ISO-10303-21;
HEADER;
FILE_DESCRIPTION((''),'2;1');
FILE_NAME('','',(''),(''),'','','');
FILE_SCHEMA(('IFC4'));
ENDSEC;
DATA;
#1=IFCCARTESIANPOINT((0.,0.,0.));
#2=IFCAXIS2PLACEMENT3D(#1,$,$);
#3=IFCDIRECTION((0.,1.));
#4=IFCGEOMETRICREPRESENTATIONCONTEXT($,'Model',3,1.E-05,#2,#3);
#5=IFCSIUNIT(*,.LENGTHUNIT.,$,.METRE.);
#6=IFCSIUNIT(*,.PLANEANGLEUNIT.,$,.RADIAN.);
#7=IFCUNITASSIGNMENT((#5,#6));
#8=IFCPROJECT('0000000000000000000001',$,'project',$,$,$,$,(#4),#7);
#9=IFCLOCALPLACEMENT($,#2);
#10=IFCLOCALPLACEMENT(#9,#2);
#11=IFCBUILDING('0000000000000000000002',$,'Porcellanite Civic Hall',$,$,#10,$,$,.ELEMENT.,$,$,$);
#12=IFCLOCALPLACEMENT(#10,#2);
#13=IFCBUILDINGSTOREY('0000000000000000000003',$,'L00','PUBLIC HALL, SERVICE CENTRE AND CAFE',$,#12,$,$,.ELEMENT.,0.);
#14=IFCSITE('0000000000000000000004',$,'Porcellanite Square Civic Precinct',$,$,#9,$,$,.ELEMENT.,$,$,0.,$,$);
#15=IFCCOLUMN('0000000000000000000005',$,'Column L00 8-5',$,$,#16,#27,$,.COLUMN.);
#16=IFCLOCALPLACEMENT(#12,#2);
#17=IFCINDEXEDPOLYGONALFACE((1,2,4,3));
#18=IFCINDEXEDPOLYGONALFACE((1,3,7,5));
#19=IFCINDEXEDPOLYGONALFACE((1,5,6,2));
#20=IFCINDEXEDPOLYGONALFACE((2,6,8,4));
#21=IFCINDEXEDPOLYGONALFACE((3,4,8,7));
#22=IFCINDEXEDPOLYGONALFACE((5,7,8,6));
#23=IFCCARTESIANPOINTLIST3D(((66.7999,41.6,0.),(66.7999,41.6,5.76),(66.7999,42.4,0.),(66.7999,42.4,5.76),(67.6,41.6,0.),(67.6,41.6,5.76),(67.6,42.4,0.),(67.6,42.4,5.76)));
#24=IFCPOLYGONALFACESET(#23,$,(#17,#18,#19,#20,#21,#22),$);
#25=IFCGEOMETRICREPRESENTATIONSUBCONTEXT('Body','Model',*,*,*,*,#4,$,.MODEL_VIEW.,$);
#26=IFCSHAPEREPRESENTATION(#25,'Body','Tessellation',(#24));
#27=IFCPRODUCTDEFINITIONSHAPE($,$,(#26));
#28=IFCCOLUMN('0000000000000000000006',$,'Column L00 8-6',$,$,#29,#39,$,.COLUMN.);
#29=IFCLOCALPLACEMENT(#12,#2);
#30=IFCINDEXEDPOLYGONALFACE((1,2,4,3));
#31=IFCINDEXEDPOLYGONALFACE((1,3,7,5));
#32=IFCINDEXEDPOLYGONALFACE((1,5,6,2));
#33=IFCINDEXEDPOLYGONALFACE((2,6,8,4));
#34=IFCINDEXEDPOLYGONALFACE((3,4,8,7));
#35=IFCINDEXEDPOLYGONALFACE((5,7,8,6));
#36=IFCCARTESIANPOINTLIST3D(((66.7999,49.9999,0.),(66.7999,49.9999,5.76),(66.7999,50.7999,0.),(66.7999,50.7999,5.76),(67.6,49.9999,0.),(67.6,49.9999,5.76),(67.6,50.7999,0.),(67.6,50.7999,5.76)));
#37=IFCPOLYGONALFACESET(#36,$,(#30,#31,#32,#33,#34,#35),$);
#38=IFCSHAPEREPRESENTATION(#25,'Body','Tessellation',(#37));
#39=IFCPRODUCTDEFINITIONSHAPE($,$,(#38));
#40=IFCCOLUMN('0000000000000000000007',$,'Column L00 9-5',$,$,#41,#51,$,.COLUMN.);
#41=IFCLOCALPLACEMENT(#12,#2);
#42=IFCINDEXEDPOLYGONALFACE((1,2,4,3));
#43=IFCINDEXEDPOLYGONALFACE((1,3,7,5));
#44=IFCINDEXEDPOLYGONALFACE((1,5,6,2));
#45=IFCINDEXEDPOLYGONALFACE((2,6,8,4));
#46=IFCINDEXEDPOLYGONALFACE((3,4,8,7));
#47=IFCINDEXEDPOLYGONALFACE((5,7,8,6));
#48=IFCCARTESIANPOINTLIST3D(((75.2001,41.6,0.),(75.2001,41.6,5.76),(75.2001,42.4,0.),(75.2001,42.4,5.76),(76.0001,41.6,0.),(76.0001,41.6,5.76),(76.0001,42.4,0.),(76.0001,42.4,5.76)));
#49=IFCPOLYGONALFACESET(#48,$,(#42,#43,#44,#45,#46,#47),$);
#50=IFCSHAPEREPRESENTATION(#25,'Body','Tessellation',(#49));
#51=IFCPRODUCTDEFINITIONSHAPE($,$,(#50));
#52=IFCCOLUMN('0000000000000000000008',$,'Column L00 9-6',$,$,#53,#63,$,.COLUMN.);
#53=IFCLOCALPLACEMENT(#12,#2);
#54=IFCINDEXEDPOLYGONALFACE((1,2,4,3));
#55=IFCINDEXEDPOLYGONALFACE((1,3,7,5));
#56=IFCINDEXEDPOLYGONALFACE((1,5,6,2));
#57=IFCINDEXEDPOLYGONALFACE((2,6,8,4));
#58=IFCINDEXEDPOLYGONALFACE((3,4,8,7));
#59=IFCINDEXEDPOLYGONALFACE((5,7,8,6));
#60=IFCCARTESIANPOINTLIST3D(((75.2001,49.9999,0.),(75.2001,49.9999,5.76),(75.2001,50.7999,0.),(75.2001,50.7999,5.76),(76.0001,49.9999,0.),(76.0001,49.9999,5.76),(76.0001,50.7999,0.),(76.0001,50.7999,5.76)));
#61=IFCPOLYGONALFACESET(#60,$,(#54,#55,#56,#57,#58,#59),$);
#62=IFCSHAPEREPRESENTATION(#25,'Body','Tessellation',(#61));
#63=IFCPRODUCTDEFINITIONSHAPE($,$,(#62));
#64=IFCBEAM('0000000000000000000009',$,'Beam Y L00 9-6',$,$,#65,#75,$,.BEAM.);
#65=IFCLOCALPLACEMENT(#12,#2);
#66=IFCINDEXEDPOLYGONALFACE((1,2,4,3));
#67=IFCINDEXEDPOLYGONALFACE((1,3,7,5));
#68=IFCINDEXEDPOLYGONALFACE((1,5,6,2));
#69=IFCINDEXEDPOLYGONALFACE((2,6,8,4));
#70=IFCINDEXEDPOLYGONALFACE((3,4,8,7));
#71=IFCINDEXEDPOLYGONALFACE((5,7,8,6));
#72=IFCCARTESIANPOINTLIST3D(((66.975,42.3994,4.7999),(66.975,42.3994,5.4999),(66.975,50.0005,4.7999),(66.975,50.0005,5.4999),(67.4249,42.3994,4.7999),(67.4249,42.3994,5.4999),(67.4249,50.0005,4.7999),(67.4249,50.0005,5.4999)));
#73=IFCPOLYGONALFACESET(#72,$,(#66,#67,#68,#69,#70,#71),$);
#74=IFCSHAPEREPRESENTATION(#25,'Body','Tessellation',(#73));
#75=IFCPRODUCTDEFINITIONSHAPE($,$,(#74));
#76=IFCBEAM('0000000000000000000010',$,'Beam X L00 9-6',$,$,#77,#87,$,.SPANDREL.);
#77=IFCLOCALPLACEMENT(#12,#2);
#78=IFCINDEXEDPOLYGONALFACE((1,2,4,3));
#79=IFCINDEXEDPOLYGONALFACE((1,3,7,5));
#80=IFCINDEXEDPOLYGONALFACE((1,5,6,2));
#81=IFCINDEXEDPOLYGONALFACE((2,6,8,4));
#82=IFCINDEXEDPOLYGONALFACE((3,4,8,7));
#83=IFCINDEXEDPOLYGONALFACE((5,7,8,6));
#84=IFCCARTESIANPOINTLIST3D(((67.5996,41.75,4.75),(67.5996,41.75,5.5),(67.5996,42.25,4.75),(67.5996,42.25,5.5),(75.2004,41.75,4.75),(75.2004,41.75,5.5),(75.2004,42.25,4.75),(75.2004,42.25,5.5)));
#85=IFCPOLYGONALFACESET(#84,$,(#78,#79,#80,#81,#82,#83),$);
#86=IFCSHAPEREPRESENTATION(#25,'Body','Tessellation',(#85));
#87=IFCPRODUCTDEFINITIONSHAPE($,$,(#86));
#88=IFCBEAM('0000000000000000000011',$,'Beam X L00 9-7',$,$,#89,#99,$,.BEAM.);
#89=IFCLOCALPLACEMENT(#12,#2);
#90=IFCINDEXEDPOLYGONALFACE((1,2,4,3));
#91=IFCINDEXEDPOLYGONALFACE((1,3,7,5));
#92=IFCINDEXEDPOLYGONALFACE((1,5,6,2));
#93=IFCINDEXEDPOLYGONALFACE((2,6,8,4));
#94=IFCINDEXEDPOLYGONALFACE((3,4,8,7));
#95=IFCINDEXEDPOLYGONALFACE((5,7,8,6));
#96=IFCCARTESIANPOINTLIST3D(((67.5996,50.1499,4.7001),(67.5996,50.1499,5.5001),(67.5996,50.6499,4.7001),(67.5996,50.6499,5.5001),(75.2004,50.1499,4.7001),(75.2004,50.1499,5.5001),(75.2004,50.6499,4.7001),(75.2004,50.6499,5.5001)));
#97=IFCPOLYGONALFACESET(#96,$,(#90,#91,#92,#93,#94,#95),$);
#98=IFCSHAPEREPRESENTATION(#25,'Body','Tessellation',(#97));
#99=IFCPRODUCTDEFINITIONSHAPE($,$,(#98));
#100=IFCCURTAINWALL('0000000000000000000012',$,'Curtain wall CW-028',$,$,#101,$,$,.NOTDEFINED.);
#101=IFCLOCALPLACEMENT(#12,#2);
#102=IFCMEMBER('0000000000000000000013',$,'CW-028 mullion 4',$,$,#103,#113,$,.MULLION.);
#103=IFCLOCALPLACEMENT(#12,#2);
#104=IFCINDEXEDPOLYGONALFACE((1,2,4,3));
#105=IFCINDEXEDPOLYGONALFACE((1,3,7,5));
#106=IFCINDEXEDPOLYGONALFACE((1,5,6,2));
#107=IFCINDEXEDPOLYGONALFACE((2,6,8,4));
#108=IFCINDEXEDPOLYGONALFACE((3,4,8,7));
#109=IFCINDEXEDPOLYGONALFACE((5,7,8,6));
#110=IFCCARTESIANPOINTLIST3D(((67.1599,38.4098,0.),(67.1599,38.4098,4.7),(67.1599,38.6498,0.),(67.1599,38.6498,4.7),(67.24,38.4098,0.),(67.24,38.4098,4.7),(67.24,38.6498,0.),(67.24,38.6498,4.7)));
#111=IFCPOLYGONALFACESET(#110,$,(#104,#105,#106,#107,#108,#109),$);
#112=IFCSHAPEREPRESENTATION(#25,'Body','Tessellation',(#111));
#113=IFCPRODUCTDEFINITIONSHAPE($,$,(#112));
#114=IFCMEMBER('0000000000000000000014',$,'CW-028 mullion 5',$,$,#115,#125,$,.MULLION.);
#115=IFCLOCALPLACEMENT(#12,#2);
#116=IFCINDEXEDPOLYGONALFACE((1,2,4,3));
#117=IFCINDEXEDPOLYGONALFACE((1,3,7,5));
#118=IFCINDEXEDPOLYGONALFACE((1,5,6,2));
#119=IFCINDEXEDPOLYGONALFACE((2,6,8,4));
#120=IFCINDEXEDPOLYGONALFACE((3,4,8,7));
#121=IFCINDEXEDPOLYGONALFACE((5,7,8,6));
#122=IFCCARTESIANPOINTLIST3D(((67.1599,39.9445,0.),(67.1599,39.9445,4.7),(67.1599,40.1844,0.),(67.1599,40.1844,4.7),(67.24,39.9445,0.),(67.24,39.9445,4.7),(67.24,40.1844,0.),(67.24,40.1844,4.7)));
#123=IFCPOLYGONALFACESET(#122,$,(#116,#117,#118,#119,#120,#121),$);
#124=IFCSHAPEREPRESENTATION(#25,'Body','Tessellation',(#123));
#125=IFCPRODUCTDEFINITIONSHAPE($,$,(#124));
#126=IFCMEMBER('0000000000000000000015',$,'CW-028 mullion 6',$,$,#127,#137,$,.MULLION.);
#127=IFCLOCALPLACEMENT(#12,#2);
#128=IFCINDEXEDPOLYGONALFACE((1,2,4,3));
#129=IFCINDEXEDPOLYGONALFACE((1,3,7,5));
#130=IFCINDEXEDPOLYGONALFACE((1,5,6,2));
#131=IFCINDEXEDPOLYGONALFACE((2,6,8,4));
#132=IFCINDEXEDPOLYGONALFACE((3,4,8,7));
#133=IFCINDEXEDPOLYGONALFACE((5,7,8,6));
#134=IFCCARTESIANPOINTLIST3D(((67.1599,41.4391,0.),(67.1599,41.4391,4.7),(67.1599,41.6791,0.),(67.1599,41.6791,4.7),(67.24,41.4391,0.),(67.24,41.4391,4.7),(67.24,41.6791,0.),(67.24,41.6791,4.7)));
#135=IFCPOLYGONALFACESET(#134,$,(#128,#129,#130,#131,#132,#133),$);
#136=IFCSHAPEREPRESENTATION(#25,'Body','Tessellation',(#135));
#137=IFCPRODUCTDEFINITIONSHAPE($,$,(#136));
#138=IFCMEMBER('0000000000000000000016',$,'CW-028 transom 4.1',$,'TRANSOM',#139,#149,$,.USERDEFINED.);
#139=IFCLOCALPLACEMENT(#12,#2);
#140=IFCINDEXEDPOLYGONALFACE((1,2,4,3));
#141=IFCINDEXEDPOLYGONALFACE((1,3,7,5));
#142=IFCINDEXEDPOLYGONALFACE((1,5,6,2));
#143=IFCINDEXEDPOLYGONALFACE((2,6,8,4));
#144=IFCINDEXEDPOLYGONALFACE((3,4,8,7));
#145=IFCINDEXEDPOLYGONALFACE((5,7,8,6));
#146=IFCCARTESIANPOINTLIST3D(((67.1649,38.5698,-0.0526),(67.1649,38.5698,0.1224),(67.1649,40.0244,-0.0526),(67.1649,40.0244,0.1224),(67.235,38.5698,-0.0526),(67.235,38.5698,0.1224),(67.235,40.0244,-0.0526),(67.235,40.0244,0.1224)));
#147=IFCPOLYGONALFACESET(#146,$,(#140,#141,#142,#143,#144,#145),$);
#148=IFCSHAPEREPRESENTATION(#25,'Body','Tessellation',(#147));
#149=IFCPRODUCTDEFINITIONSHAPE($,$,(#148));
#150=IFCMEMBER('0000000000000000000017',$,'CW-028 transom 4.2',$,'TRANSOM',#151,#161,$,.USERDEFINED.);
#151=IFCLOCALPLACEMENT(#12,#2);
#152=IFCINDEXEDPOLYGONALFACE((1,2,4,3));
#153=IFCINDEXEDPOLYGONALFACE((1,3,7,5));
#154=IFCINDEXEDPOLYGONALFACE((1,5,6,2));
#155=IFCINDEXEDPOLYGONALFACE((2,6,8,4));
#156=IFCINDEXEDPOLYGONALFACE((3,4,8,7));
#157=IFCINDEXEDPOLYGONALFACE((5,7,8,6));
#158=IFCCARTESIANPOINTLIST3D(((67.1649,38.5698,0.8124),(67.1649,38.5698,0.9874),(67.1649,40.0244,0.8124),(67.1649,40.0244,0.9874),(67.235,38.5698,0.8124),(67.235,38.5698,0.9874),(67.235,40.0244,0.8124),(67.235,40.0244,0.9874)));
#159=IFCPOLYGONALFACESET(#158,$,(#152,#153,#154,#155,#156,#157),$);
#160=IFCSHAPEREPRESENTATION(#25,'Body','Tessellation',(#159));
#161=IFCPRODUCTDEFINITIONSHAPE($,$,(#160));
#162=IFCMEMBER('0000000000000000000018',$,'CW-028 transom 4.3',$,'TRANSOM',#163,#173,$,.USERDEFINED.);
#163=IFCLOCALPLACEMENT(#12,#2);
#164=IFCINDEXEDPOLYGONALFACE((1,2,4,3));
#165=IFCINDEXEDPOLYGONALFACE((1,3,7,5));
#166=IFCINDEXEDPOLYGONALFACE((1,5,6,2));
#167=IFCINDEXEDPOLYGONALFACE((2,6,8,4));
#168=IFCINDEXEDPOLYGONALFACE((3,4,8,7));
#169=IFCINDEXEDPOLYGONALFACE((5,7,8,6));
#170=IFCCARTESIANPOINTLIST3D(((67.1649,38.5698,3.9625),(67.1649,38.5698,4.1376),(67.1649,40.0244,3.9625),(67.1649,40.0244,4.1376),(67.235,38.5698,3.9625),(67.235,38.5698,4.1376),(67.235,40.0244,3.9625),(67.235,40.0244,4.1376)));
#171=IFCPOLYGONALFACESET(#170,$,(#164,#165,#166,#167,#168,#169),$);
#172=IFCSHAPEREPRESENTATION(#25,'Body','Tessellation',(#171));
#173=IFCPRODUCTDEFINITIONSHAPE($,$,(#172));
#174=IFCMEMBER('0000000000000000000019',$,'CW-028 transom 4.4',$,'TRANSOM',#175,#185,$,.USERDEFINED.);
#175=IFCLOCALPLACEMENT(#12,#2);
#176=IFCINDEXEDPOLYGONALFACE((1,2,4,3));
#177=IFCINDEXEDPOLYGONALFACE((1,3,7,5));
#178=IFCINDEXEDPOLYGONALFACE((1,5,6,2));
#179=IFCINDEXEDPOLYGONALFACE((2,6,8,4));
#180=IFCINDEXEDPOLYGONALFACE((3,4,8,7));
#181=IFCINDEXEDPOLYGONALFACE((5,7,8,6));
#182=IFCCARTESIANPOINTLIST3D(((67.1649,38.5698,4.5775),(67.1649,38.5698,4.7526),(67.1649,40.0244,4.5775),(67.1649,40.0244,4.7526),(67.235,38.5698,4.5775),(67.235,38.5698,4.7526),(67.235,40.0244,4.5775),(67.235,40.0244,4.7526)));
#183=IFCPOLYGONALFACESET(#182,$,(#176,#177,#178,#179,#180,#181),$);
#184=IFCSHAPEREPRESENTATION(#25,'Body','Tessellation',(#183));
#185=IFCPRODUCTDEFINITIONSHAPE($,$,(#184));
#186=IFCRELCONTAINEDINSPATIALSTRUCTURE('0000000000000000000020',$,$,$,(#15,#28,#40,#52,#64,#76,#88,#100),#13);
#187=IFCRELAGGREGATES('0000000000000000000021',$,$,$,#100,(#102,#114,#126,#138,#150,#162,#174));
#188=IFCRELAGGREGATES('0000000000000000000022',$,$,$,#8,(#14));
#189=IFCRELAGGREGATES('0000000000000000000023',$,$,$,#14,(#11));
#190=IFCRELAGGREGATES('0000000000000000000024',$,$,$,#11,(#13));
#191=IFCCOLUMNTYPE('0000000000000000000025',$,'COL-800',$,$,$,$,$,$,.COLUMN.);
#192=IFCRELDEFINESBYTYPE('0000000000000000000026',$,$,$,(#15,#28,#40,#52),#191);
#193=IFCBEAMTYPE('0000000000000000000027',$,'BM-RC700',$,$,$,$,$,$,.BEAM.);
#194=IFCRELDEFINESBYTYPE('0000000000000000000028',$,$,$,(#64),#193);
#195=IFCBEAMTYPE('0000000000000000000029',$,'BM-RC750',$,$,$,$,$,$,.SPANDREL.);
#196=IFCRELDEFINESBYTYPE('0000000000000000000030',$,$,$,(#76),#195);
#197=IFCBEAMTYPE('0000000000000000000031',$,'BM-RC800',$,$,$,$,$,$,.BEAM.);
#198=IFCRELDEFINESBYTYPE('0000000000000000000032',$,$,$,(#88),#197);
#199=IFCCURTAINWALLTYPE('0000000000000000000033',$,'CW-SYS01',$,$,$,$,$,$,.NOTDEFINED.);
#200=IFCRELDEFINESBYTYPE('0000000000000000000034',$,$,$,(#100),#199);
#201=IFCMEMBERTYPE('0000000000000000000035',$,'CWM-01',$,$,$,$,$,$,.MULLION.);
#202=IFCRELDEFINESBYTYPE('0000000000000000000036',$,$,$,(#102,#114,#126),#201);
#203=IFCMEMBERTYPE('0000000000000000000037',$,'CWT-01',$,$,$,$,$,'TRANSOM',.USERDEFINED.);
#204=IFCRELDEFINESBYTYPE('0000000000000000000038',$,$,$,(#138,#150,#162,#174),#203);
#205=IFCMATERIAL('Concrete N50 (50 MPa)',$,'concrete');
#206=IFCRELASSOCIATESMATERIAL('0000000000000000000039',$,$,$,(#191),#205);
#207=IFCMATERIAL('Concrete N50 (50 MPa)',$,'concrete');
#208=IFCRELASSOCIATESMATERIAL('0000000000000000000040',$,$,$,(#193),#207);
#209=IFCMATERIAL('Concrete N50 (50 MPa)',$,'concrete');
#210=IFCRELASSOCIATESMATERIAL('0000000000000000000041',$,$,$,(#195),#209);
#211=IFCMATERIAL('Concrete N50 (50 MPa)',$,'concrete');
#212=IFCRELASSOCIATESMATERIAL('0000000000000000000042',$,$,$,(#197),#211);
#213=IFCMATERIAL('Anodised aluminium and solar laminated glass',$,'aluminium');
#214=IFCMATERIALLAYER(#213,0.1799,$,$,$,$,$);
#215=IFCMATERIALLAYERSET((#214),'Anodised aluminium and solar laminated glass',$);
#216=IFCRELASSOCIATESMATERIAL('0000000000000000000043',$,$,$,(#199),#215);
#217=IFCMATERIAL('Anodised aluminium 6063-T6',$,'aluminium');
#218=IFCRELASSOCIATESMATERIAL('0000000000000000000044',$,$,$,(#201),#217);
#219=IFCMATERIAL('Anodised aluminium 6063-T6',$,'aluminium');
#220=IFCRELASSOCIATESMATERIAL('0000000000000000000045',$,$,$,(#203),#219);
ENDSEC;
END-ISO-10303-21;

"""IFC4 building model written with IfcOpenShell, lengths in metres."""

from ifc_helpers import new_model, si_unit, direction, frame, origin, origin_2d, place, context, subcontext, project, spatial, rectangle, extrude, material, layer, layer_set, material_profile, profile_set, type_object, element, aggregate, save


model = new_model("IFC4")

# Units and contexts
model_context = context("Model", 3, precision=1e-05, world=origin(), true_north=direction((0.0, 1.0)))
body_context = subcontext(model_context, "Body", "Model", "MODEL_VIEW")
ifc_project = project(units=[si_unit("LENGTHUNIT", "METRE"), si_unit("PLANEANGLEUNIT", "RADIAN")], contexts=[model_context])

# Site, building, storey
site_placement = place(None, origin())
site = spatial("IfcSite", under=ifc_project, at=site_placement, Name="Porcellanite Square Civic Precinct", CompositionType="ELEMENT", RefElevation=0.0)
building_placement = place(site_placement, origin())
building = spatial("IfcBuilding", under=site, at=building_placement, Name="Porcellanite Civic Hall", CompositionType="ELEMENT")
storey_placement = place(building_placement, origin())
storey = spatial("IfcBuildingStorey", under=building, at=storey_placement, Name="L00", Description="PUBLIC HALL, SERVICE CENTRE AND CAFE", CompositionType="ELEMENT", Elevation=0.0)

# Columns
ifc_material_1 = material(Name="Concrete N50 (50 MPa)", Category="concrete")
ifc_material_profile_1 = material_profile(ifc_material_1, rectangle(XDim=0.8, YDim=0.8, at=origin_2d()), Name="RC-800x800")
ifc_profile_set_1 = profile_set([ifc_material_profile_1], Name="Concrete N50 (50 MPa)")
column_type = type_object("IfcColumnType", Name="COL-800", PredefinedType="COLUMN", material=ifc_profile_set_1)
for number, where, z_axis, x_axis, name in (
    (1, (67.2, 42.0, 0.0), (0.0, 0.0, 1.0), (1.0, 0.0, 0.0), "Column L00 8-5"),
    (2, (67.2, 50.3999, 0.0), (0.0, 0.0, 1.0), (1.0, 0.0, 0.0), "Column L00 8-6"),
    (3, (75.6001, 42.0, 0.0), (0.0, 0.0, 1.0), (1.0, 0.0, 0.0), "Column L00 9-5"),
    (4, (75.6001, 50.3999, 0.0), (0.0, 0.0, 1.0), (1.0, 0.0, 0.0), "Column L00 9-6"),
):
    element("IfcColumn", number, at=place(storey_placement, frame(where, z_axis=z_axis, x_axis=x_axis)), inside=storey, type_object=column_type, Name=name, PredefinedType="COLUMN", context=body_context, shape_type="SweptSolid", body=[
        extrude(rectangle(XDim=0.8, YDim=0.8, at=origin_2d()), origin(), (0.0, 0.0, 1.0), 5.76),
    ])

# Beams
ifc_material_2 = material(Name="Concrete N50 (50 MPa)", Category="concrete")
ifc_material_profile_2 = material_profile(ifc_material_2, rectangle(XDim=0.45, YDim=0.7, at=origin_2d()), Name="RC-450x700")
ifc_profile_set_2 = profile_set([ifc_material_profile_2], Name="Concrete N50 (50 MPa)")
beam_type_1 = type_object("IfcBeamType", Name="BM-RC700", PredefinedType="BEAM", material=ifc_profile_set_2)
beam_1_placement = place(storey_placement, frame((67.2, 42.3994, 5.1499), z_axis=(0.0, 1.0, 0.0), x_axis=(-1.0, 0.0, 0.0)))
element("IfcBeam", 5, at=beam_1_placement, inside=storey, type_object=beam_type_1, Name="Beam Y L00 9-6", PredefinedType="BEAM", context=body_context, shape_type="SweptSolid", body=[
    extrude(rectangle(XDim=0.45, YDim=0.7, at=origin_2d()), origin(), (0.0, 0.0, 1.0), 7.6011),
])
ifc_material_3 = material(Name="Concrete N50 (50 MPa)", Category="concrete")
ifc_material_profile_3 = material_profile(ifc_material_3, rectangle(XDim=0.5, YDim=0.75, at=origin_2d()), Name="RC-500x750")
ifc_profile_set_3 = profile_set([ifc_material_profile_3], Name="Concrete N50 (50 MPa)")
beam_type_2 = type_object("IfcBeamType", Name="BM-RC750", PredefinedType="SPANDREL", material=ifc_profile_set_3)
beam_2_placement = place(storey_placement, frame((67.5996, 42.0, 5.125), z_axis=(1.0, 0.0, 0.0), x_axis=(0.0, 1.0, 0.0)))
element("IfcBeam", 6, at=beam_2_placement, inside=storey, type_object=beam_type_2, Name="Beam X L00 9-6", PredefinedType="SPANDREL", context=body_context, shape_type="SweptSolid", body=[
    extrude(rectangle(XDim=0.5, YDim=0.75, at=origin_2d()), origin(), (0.0, 0.0, 1.0), 7.6008),
])
ifc_material_4 = material(Name="Concrete N50 (50 MPa)", Category="concrete")
ifc_material_profile_4 = material_profile(ifc_material_4, rectangle(XDim=0.5, YDim=0.8, at=origin_2d()), Name="RC-500x800")
ifc_profile_set_4 = profile_set([ifc_material_profile_4], Name="Concrete N50 (50 MPa)")
beam_type_3 = type_object("IfcBeamType", Name="BM-RC800", PredefinedType="BEAM", material=ifc_profile_set_4)
beam_3_placement = place(storey_placement, frame((67.5996, 50.3999, 5.1001), z_axis=(1.0, 0.0, 0.0), x_axis=(0.0, 1.0, 0.0)))
element("IfcBeam", 7, at=beam_3_placement, inside=storey, type_object=beam_type_3, Name="Beam X L00 9-7", PredefinedType="BEAM", context=body_context, shape_type="SweptSolid", body=[
    extrude(rectangle(XDim=0.5, YDim=0.8, at=origin_2d()), origin(), (0.0, 0.0, 1.0), 7.6008),
])

# Curtain wall, members
ifc_material_5 = material(Name="Anodised aluminium and solar laminated glass", Category="aluminium")
ifc_layer_1 = layer(ifc_material_5, 0.1799)
ifc_layer_set_1 = layer_set([ifc_layer_1], Name="Anodised aluminium and solar laminated glass")
curtain_wall_type = type_object("IfcCurtainWallType", Name="CW-SYS01", PredefinedType="NOTDEFINED", material=ifc_layer_set_1)
curtain_wall_placement = place(storey_placement, origin())
curtain_wall = element("IfcCurtainWall", 8, at=curtain_wall_placement, inside=storey, type_object=curtain_wall_type, Name="Curtain wall CW-028", PredefinedType="NOTDEFINED")
ifc_material_6 = material(Name="Anodised aluminium 6063-T6", Category="aluminium")
ifc_material_profile_5 = material_profile(ifc_material_6, rectangle(XDim=0.0801, YDim=0.24, at=origin_2d()), Name="AL-80x240")
ifc_profile_set_5 = profile_set([ifc_material_profile_5], Name="Anodised aluminium 6063-T6")
member_type_1 = type_object("IfcMemberType", Name="CWM-01", PredefinedType="MULLION", material=ifc_profile_set_5)
member_1_placement = place(storey_placement, frame((67.2, 38.5298, 0.0), z_axis=(0.0, 0.0, 1.0), x_axis=(-1.0, 0.0, 0.0)))
member_1 = element("IfcMember", 9, at=member_1_placement, type_object=member_type_1, Name="CW-028 mullion 4", PredefinedType="MULLION", context=body_context, shape_type="SweptSolid", body=[
    extrude(rectangle(XDim=0.0801, YDim=0.24, at=origin_2d()), origin(), (0.0, 0.0, 1.0), 4.7),
])
member_2_placement = place(storey_placement, frame((67.2, 40.0645, 0.0), z_axis=(0.0, 0.0, 1.0), x_axis=(-1.0, 0.0, 0.0)))
member_2 = element("IfcMember", 10, at=member_2_placement, type_object=member_type_1, Name="CW-028 mullion 5", PredefinedType="MULLION", context=body_context, shape_type="SweptSolid", body=[
    extrude(rectangle(XDim=0.0801, YDim=0.24, at=origin_2d()), origin(), (0.0, 0.0, 1.0), 4.7),
])
member_3_placement = place(storey_placement, frame((67.2, 41.5591, 0.0), z_axis=(0.0, 0.0, 1.0), x_axis=(-1.0, 0.0, 0.0)))
member_3 = element("IfcMember", 11, at=member_3_placement, type_object=member_type_1, Name="CW-028 mullion 6", PredefinedType="MULLION", context=body_context, shape_type="SweptSolid", body=[
    extrude(rectangle(XDim=0.0801, YDim=0.24, at=origin_2d()), origin(), (0.0, 0.0, 1.0), 4.7),
])
ifc_material_7 = material(Name="Anodised aluminium 6063-T6", Category="aluminium")
ifc_material_profile_6 = material_profile(ifc_material_7, rectangle(XDim=0.0701, YDim=0.175, at=origin_2d()), Name="AL-70x175")
ifc_profile_set_6 = profile_set([ifc_material_profile_6], Name="Anodised aluminium 6063-T6")
member_type_2 = type_object("IfcMemberType", Name="CWT-01", ElementType="TRANSOM", PredefinedType="USERDEFINED", material=ifc_profile_set_6)
member_4_placement = place(storey_placement, frame((67.2, 38.5698, 0.0349), z_axis=(0.0, 1.0, 0.0), x_axis=(-1.0, 0.0, 0.0)))
member_4 = element("IfcMember", 12, at=member_4_placement, type_object=member_type_2, Name="CW-028 transom 4.1", ObjectType="TRANSOM", PredefinedType="USERDEFINED", context=body_context, shape_type="SweptSolid", body=[
    extrude(rectangle(XDim=0.0701, YDim=0.175, at=origin_2d()), origin(), (0.0, 0.0, 1.0), 1.4546),
])
member_5_placement = place(storey_placement, frame((67.2, 38.5698, 0.8999), z_axis=(0.0, 1.0, 0.0), x_axis=(-1.0, 0.0, 0.0)))
member_5 = element("IfcMember", 13, at=member_5_placement, type_object=member_type_2, Name="CW-028 transom 4.2", ObjectType="TRANSOM", PredefinedType="USERDEFINED", context=body_context, shape_type="SweptSolid", body=[
    extrude(rectangle(XDim=0.0701, YDim=0.175, at=origin_2d()), origin(), (0.0, 0.0, 1.0), 1.4546),
])
member_6_placement = place(storey_placement, frame((67.2, 38.5698, 4.05), z_axis=(0.0, 1.0, 0.0), x_axis=(-1.0, 0.0, 0.0)))
member_6 = element("IfcMember", 14, at=member_6_placement, type_object=member_type_2, Name="CW-028 transom 4.3", ObjectType="TRANSOM", PredefinedType="USERDEFINED", context=body_context, shape_type="SweptSolid", body=[
    extrude(rectangle(XDim=0.0701, YDim=0.175, at=origin_2d()), origin(), (0.0, 0.0, 1.0), 1.4546),
])
member_7_placement = place(storey_placement, frame((67.2, 38.5698, 4.665), z_axis=(0.0, 1.0, 0.0), x_axis=(-1.0, 0.0, 0.0)))
member_7 = element("IfcMember", 15, at=member_7_placement, type_object=member_type_2, Name="CW-028 transom 4.4", ObjectType="TRANSOM", PredefinedType="USERDEFINED", context=body_context, shape_type="SweptSolid", body=[
    extrude(rectangle(XDim=0.0701, YDim=0.175, at=origin_2d()), origin(), (0.0, 0.0, 1.0), 1.4546),
])

aggregate(curtain_wall, [member_1, member_2, member_3, member_4, member_5, member_6, member_7])

save(model, "model.ifc")
